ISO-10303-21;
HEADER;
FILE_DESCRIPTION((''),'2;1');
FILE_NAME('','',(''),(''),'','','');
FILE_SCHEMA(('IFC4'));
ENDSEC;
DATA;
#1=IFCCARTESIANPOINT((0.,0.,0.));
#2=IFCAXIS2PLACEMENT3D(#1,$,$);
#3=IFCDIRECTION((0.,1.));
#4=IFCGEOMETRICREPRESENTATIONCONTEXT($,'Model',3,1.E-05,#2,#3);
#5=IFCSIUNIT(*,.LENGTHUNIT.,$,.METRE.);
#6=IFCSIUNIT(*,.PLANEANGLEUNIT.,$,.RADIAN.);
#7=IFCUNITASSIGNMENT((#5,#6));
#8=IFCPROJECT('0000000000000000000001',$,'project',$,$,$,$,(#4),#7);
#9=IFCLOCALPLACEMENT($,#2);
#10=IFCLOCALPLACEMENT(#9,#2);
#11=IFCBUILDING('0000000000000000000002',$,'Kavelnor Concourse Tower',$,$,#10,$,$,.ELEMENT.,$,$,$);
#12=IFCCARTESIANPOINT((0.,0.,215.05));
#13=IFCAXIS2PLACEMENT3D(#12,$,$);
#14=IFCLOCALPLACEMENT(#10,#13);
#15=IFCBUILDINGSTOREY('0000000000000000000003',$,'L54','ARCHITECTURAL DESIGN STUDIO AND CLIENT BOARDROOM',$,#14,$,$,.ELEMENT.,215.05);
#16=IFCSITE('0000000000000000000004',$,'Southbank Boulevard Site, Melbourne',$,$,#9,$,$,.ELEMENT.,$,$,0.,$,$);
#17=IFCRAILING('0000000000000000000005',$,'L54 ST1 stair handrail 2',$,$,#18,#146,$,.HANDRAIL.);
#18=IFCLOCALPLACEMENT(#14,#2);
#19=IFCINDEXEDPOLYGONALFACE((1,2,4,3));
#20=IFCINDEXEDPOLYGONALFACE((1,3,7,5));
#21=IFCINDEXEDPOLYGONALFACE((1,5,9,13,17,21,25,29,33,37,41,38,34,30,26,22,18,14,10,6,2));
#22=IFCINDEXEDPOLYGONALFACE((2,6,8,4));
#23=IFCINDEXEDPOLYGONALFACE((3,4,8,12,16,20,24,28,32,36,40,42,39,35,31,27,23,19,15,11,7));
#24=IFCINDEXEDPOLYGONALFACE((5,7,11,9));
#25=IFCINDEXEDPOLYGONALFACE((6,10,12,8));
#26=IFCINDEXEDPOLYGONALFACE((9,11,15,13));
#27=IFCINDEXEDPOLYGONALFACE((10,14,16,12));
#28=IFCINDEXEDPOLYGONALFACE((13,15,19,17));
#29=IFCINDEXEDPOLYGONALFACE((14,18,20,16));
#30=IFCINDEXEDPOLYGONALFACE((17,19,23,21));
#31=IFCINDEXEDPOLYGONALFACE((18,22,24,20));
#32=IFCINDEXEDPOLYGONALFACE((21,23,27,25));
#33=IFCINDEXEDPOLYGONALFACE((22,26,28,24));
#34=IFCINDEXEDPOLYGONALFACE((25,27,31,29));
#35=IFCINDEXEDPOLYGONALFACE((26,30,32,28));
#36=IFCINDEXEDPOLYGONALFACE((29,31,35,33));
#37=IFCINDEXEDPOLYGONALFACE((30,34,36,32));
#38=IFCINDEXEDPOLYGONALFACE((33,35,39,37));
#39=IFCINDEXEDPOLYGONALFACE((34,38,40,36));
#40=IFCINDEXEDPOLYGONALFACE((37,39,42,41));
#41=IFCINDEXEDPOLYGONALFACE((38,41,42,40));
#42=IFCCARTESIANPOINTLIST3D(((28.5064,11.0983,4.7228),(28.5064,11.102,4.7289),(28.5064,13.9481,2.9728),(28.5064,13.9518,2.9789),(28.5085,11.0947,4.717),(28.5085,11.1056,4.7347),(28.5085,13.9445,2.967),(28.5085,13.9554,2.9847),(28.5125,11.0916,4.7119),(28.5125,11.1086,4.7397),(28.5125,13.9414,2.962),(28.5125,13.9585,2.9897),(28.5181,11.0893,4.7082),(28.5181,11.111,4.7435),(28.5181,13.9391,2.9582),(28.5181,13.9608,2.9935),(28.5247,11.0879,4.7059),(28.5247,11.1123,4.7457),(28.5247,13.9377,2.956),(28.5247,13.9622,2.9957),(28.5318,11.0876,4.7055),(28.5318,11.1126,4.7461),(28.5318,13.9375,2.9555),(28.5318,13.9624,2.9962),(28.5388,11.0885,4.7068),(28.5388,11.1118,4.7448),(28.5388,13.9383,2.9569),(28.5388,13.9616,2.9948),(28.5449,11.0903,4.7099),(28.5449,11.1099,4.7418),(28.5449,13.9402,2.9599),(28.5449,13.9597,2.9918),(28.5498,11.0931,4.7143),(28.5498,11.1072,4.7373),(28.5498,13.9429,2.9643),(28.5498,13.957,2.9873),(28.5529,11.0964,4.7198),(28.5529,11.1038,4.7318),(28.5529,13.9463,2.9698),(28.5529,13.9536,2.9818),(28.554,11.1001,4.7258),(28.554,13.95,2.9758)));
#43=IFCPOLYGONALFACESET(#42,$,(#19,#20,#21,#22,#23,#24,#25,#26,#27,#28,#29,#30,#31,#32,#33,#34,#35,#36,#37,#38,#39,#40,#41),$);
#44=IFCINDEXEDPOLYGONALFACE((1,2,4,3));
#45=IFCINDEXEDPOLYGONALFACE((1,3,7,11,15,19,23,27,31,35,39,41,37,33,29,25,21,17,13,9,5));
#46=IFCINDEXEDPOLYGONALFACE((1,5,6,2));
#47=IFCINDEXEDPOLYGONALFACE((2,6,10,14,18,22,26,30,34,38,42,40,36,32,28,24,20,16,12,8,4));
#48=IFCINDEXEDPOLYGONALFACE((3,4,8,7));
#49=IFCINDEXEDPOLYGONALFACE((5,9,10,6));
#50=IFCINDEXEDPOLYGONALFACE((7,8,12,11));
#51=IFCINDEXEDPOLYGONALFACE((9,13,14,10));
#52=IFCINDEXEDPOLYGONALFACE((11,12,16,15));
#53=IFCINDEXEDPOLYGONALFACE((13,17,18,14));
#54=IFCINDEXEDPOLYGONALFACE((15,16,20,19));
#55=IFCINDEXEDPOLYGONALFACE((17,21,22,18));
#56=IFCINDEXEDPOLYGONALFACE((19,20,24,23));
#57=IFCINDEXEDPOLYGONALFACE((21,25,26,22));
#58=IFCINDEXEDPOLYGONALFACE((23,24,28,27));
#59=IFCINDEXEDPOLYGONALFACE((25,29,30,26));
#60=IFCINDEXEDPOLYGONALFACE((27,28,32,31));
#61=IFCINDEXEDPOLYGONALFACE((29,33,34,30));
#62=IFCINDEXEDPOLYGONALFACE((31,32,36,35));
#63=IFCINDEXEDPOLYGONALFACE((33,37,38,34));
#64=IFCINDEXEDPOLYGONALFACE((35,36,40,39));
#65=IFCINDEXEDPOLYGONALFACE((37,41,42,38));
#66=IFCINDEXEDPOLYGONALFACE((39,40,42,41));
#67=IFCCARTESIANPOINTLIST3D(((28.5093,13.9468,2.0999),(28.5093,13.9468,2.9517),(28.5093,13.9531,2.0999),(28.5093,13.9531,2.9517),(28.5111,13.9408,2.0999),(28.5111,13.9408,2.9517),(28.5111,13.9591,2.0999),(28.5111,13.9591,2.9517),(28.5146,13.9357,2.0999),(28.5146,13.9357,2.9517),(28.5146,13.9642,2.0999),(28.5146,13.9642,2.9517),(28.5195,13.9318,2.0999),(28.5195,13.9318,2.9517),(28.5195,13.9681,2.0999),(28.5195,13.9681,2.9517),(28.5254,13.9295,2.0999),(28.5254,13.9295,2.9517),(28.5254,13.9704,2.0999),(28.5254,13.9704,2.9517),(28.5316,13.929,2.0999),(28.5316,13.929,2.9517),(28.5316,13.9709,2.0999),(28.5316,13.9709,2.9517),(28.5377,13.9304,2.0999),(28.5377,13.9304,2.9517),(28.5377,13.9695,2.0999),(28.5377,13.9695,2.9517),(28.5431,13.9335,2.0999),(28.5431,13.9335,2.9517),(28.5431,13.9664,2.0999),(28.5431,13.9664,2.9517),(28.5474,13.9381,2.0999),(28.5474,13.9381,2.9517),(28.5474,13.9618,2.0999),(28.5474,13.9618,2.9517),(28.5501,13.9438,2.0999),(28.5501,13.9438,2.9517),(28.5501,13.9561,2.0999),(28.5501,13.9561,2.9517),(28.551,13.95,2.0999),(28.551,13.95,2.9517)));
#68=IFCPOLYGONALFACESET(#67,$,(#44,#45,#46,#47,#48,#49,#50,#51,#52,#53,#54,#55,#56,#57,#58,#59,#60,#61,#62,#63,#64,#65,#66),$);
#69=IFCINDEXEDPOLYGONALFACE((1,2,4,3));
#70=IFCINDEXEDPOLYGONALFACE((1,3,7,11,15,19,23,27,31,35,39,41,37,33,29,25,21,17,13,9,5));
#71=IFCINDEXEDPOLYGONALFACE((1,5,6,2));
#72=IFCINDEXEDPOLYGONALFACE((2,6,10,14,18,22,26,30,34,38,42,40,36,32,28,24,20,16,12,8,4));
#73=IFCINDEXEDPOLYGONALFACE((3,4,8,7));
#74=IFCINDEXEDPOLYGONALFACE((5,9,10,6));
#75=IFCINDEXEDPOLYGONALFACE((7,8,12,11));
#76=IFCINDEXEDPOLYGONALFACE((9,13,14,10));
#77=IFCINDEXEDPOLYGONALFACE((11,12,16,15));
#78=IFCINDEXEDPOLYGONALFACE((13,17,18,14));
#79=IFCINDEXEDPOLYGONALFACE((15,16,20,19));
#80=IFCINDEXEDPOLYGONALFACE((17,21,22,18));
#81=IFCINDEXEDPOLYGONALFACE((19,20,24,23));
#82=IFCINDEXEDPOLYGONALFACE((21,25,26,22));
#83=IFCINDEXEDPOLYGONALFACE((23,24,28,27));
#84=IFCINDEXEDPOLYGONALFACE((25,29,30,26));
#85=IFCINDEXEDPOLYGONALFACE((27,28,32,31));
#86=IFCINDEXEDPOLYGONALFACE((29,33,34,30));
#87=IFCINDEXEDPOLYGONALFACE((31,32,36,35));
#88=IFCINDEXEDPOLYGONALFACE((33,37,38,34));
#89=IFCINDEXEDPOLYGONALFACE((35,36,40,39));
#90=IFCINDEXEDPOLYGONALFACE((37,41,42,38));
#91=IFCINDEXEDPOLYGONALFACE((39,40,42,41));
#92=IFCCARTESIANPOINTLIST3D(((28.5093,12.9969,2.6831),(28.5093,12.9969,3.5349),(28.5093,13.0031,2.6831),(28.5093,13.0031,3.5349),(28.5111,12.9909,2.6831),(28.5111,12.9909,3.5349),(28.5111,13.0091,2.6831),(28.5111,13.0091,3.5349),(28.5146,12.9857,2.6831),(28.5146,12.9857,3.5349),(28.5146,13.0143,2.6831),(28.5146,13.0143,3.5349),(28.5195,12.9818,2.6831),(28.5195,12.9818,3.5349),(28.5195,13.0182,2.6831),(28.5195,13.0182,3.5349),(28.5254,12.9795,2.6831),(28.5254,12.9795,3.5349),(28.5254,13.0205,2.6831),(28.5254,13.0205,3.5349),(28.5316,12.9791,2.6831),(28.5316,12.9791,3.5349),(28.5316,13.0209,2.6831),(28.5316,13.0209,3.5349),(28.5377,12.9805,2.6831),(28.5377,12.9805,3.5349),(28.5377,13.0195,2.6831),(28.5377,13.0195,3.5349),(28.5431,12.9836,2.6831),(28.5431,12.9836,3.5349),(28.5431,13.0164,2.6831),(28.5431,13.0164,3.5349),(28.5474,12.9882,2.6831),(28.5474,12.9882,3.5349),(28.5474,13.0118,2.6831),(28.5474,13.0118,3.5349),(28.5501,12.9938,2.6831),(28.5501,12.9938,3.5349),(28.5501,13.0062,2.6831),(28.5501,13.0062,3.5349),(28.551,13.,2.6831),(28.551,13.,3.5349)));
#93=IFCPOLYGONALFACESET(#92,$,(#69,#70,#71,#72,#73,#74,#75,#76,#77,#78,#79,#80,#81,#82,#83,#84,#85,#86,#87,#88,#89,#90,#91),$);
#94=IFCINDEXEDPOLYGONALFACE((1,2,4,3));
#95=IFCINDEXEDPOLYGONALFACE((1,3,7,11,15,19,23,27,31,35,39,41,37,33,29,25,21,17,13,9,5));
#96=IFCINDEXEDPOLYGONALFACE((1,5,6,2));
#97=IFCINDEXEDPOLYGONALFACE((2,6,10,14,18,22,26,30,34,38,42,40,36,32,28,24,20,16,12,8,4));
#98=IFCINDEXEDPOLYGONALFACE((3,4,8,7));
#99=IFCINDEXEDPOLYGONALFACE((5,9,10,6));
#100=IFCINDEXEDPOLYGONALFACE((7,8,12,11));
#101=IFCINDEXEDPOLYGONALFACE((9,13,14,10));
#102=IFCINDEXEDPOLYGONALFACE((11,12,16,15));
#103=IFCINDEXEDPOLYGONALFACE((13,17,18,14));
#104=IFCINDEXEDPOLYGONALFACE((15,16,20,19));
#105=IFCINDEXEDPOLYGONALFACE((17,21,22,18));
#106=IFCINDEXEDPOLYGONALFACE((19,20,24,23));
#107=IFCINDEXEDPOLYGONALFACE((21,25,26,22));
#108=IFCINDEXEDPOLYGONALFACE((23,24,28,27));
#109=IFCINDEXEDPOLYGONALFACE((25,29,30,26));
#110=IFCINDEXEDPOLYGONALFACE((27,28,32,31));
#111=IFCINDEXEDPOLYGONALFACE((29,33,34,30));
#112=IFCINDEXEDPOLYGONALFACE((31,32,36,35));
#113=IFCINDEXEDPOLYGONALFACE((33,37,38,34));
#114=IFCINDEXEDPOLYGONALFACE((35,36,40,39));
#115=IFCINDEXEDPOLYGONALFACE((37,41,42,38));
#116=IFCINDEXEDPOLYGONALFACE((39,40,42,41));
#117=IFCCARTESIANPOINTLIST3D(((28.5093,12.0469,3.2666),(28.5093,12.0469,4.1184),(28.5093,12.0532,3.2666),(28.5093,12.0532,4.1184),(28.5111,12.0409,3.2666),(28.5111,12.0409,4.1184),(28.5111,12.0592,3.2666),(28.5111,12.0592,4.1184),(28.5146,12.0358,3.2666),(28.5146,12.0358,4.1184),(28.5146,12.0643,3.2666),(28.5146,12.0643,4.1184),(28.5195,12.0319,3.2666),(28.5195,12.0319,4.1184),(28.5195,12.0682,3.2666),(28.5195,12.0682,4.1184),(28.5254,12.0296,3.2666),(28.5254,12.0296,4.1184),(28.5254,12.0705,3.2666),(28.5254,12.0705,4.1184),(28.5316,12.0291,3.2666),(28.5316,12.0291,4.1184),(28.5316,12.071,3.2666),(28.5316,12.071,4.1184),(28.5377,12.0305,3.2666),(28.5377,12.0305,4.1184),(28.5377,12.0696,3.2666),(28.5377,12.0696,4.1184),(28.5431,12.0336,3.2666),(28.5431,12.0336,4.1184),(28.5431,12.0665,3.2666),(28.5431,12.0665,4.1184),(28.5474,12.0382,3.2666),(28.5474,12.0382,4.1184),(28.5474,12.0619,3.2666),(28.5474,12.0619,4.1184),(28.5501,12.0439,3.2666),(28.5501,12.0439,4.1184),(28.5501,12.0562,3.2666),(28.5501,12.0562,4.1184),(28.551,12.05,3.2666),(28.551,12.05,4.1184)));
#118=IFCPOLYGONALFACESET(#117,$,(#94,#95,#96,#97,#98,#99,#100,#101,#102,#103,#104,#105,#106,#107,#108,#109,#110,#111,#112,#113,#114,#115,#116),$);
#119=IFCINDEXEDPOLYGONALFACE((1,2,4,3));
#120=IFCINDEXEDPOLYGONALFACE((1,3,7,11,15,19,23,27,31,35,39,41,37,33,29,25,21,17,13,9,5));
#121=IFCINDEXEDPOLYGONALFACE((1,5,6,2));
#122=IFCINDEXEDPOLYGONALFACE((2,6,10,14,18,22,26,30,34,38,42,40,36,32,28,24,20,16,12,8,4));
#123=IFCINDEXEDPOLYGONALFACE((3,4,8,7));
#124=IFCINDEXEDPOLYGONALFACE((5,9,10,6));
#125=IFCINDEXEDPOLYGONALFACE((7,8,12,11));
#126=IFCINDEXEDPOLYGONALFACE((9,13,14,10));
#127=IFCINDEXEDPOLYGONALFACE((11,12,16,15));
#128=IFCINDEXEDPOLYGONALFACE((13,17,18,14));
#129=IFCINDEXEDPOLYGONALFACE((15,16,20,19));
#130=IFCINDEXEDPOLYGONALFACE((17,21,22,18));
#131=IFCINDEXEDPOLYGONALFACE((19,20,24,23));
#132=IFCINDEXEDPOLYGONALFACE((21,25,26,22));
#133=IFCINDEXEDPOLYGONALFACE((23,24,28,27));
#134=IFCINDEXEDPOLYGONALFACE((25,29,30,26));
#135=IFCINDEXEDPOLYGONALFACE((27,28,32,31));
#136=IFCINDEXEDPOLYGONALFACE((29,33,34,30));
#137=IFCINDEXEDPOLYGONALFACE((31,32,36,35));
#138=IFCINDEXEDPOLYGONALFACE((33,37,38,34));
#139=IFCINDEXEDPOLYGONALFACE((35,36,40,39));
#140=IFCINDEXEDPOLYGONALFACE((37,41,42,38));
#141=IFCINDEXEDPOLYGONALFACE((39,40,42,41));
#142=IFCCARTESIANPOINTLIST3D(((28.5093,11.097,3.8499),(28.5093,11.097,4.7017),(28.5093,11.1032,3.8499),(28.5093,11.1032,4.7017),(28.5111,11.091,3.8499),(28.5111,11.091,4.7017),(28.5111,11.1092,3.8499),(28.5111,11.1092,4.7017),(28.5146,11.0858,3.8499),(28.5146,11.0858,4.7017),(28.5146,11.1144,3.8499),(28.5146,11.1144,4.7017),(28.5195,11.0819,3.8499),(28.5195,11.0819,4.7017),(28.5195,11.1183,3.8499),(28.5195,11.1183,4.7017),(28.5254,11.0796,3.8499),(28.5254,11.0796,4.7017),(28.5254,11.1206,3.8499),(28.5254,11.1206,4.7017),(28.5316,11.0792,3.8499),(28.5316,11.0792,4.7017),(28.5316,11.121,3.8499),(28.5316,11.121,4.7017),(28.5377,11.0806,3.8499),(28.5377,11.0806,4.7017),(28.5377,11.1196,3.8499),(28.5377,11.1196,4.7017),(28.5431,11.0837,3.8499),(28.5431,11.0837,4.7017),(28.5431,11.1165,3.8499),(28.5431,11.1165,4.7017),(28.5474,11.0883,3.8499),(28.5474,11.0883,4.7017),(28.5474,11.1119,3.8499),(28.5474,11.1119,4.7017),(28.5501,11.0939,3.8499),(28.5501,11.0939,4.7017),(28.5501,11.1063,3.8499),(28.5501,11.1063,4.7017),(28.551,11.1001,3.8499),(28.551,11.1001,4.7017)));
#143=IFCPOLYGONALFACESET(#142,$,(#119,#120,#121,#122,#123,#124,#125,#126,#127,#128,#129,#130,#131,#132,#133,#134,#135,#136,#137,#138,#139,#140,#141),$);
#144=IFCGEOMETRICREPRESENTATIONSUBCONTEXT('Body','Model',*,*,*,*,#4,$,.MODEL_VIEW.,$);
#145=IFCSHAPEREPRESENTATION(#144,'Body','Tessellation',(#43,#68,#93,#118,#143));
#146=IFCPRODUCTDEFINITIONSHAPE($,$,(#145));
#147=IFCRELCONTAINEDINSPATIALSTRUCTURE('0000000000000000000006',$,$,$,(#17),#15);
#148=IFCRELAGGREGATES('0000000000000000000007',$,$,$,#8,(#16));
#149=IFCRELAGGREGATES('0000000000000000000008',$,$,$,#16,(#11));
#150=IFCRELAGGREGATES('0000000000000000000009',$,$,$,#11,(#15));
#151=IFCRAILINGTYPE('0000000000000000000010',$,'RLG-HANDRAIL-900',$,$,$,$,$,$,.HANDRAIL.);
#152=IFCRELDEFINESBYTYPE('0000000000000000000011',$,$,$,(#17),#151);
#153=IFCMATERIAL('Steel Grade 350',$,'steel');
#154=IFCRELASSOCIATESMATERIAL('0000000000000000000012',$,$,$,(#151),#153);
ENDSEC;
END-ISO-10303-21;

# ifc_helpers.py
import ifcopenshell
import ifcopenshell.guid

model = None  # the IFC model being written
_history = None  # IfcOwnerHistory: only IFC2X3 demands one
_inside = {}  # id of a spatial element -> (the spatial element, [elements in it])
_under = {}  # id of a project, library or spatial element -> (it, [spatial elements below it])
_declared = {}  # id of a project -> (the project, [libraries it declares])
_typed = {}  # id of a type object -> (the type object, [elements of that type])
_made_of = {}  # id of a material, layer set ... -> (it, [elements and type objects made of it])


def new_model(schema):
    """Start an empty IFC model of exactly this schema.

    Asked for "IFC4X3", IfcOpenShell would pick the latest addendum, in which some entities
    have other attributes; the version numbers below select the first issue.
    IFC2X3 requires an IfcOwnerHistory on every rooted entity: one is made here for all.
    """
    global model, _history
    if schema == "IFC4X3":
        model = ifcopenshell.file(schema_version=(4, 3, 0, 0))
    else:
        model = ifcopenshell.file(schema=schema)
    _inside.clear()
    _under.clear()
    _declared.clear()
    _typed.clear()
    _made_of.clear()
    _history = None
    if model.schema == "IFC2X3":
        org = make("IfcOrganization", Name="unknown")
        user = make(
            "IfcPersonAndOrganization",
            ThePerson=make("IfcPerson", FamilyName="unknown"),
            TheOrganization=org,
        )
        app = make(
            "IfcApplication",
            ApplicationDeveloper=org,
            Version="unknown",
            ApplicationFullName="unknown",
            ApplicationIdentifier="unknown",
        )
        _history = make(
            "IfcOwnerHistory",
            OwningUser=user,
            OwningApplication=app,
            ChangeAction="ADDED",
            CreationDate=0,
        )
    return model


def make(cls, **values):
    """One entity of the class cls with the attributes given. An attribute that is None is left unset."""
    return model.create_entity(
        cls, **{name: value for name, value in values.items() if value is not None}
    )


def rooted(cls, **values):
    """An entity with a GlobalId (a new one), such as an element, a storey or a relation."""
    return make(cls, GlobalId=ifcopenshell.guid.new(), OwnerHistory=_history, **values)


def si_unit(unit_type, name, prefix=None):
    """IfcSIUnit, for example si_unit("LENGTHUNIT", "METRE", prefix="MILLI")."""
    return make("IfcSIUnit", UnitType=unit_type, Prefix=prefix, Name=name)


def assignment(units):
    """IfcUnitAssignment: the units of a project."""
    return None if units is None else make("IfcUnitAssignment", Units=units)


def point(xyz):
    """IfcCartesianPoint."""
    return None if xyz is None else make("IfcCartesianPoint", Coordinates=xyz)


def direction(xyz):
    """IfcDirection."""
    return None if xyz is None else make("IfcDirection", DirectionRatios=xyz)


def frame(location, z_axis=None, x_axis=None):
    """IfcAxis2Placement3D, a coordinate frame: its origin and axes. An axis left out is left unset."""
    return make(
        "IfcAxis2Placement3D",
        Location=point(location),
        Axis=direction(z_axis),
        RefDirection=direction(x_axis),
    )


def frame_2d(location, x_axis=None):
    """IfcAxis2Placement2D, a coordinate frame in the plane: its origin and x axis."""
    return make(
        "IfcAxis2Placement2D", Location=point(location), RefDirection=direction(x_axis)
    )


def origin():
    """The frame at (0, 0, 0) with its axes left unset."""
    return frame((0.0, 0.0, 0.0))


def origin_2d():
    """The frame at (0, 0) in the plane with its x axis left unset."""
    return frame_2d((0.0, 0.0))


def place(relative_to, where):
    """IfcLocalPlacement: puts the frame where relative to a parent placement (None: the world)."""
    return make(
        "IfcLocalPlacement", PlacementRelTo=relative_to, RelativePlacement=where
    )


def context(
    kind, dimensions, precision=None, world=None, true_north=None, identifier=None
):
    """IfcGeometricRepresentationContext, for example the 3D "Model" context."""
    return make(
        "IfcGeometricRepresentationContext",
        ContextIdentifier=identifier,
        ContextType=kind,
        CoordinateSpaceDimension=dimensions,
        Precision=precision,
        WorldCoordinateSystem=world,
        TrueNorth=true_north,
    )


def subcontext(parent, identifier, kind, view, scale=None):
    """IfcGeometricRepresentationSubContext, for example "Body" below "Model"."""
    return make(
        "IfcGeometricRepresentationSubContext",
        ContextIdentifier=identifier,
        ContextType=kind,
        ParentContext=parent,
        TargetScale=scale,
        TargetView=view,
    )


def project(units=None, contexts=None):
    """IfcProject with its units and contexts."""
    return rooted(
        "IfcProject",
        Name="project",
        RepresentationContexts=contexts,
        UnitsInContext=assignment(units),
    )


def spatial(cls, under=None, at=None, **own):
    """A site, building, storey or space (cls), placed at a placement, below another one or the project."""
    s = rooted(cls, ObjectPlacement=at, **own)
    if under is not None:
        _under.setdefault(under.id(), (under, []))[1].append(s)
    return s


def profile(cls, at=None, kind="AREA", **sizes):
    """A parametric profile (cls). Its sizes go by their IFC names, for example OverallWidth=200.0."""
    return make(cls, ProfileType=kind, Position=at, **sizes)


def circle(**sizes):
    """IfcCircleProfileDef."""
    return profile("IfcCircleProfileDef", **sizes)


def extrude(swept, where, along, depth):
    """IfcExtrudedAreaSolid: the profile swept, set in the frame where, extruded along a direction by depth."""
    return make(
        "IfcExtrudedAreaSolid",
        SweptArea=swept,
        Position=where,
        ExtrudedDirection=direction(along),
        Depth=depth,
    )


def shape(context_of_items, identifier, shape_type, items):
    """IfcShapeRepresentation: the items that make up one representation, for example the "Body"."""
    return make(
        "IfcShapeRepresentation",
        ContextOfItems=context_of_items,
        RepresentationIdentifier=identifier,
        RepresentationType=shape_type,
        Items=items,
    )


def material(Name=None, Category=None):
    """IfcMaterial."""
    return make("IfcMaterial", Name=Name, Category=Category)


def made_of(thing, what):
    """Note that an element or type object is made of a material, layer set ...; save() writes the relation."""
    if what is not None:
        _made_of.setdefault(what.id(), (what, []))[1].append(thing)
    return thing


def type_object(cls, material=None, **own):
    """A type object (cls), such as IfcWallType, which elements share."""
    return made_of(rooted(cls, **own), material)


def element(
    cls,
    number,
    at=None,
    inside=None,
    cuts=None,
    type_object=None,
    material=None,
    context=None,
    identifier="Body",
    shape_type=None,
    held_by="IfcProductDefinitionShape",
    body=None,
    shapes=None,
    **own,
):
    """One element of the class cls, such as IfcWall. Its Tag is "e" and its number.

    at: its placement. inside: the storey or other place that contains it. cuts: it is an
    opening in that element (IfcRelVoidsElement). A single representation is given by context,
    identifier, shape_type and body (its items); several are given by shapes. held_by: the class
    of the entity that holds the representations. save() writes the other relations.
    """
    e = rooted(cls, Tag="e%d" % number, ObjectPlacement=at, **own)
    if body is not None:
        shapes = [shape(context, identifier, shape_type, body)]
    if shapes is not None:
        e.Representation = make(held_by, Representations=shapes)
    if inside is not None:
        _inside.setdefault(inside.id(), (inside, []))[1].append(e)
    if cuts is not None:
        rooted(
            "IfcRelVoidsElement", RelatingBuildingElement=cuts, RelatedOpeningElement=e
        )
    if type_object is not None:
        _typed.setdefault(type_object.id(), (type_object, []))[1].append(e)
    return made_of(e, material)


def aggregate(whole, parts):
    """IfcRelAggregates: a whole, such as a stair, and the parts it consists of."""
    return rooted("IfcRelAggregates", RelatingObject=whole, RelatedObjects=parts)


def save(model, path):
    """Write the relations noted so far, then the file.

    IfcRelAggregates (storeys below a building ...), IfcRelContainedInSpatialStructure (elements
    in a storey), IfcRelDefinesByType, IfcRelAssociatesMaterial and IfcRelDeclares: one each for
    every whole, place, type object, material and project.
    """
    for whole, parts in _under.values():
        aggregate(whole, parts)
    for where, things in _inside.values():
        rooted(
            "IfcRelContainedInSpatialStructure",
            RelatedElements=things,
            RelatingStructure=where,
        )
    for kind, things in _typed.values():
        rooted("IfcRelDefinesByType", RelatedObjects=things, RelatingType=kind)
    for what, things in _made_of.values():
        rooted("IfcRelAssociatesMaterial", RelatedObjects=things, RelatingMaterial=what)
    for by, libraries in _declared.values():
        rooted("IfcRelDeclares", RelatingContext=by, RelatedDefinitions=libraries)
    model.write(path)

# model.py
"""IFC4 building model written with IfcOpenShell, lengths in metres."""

from ifc_helpers import new_model, si_unit, direction, frame, origin, origin_2d, place, context, subcontext, project, spatial, circle, extrude, material, type_object, element, save


model = new_model("IFC4")

# Units and contexts
model_context = context("Model", 3, precision=1e-05, world=origin(), true_north=direction((0.0, 1.0)))
body_context = subcontext(model_context, "Body", "Model", "MODEL_VIEW")
ifc_project = project(units=[si_unit("LENGTHUNIT", "METRE"), si_unit("PLANEANGLEUNIT", "RADIAN")], contexts=[model_context])

# Site, building, storey
site_placement = place(None, origin())
site = spatial("IfcSite", under=ifc_project, at=site_placement, Name="Southbank Boulevard Site, Melbourne", CompositionType="ELEMENT", RefElevation=0.0)
building_placement = place(site_placement, origin())
building = spatial("IfcBuilding", under=site, at=building_placement, Name="Kavelnor Concourse Tower", CompositionType="ELEMENT")
storey_placement = place(building_placement, frame((0.0, 0.0, 215.05)))
storey = spatial("IfcBuildingStorey", under=building, at=storey_placement, Name="L54", Description="ARCHITECTURAL DESIGN STUDIO AND CLIENT BOARDROOM", CompositionType="ELEMENT", Elevation=215.05)

# Shared definitions
ifc_material_1 = material(Name="Steel Grade 350", Category="steel")

# Railing
railing_type_1 = type_object("IfcRailingType", Name="RLG-HANDRAIL-900", PredefinedType="HANDRAIL", material=ifc_material_1)
railing_1_placement = place(storey_placement, frame((28.53, 13.95, 2.0999)))
element("IfcRailing", 1, at=railing_1_placement, inside=storey, type_object=railing_type_1, Name="L54 ST1 stair handrail 2", PredefinedType="HANDRAIL", context=body_context, shape_type="SweptSolid", body=[
    extrude(circle(Radius=0.0239, at=origin_2d()), frame((0.0, 0.0, 0.876), z_axis=(0.0, -0.852159, 0.523283), x_axis=(1.0, 0.0, 0.0)), (0.0, 0.0, 1.0), 3.3442),
    extrude(circle(Radius=0.021, at=origin_2d()), origin(), (0.0, 0.0, 1.0), 0.8518),
    extrude(circle(Radius=0.021, at=origin_2d()), frame((0.0, -0.95, 0.5833)), (0.0, 0.0, 1.0), 0.8518),
    extrude(circle(Radius=0.021, at=origin_2d()), frame((0.0, -1.8999, 1.1667)), (0.0, 0.0, 1.0), 0.8518),
    extrude(circle(Radius=0.021, at=origin_2d()), frame((0.0, -2.8499, 1.75)), (0.0, 0.0, 1.0), 0.8518),
])

save(model, "model.ifc")
